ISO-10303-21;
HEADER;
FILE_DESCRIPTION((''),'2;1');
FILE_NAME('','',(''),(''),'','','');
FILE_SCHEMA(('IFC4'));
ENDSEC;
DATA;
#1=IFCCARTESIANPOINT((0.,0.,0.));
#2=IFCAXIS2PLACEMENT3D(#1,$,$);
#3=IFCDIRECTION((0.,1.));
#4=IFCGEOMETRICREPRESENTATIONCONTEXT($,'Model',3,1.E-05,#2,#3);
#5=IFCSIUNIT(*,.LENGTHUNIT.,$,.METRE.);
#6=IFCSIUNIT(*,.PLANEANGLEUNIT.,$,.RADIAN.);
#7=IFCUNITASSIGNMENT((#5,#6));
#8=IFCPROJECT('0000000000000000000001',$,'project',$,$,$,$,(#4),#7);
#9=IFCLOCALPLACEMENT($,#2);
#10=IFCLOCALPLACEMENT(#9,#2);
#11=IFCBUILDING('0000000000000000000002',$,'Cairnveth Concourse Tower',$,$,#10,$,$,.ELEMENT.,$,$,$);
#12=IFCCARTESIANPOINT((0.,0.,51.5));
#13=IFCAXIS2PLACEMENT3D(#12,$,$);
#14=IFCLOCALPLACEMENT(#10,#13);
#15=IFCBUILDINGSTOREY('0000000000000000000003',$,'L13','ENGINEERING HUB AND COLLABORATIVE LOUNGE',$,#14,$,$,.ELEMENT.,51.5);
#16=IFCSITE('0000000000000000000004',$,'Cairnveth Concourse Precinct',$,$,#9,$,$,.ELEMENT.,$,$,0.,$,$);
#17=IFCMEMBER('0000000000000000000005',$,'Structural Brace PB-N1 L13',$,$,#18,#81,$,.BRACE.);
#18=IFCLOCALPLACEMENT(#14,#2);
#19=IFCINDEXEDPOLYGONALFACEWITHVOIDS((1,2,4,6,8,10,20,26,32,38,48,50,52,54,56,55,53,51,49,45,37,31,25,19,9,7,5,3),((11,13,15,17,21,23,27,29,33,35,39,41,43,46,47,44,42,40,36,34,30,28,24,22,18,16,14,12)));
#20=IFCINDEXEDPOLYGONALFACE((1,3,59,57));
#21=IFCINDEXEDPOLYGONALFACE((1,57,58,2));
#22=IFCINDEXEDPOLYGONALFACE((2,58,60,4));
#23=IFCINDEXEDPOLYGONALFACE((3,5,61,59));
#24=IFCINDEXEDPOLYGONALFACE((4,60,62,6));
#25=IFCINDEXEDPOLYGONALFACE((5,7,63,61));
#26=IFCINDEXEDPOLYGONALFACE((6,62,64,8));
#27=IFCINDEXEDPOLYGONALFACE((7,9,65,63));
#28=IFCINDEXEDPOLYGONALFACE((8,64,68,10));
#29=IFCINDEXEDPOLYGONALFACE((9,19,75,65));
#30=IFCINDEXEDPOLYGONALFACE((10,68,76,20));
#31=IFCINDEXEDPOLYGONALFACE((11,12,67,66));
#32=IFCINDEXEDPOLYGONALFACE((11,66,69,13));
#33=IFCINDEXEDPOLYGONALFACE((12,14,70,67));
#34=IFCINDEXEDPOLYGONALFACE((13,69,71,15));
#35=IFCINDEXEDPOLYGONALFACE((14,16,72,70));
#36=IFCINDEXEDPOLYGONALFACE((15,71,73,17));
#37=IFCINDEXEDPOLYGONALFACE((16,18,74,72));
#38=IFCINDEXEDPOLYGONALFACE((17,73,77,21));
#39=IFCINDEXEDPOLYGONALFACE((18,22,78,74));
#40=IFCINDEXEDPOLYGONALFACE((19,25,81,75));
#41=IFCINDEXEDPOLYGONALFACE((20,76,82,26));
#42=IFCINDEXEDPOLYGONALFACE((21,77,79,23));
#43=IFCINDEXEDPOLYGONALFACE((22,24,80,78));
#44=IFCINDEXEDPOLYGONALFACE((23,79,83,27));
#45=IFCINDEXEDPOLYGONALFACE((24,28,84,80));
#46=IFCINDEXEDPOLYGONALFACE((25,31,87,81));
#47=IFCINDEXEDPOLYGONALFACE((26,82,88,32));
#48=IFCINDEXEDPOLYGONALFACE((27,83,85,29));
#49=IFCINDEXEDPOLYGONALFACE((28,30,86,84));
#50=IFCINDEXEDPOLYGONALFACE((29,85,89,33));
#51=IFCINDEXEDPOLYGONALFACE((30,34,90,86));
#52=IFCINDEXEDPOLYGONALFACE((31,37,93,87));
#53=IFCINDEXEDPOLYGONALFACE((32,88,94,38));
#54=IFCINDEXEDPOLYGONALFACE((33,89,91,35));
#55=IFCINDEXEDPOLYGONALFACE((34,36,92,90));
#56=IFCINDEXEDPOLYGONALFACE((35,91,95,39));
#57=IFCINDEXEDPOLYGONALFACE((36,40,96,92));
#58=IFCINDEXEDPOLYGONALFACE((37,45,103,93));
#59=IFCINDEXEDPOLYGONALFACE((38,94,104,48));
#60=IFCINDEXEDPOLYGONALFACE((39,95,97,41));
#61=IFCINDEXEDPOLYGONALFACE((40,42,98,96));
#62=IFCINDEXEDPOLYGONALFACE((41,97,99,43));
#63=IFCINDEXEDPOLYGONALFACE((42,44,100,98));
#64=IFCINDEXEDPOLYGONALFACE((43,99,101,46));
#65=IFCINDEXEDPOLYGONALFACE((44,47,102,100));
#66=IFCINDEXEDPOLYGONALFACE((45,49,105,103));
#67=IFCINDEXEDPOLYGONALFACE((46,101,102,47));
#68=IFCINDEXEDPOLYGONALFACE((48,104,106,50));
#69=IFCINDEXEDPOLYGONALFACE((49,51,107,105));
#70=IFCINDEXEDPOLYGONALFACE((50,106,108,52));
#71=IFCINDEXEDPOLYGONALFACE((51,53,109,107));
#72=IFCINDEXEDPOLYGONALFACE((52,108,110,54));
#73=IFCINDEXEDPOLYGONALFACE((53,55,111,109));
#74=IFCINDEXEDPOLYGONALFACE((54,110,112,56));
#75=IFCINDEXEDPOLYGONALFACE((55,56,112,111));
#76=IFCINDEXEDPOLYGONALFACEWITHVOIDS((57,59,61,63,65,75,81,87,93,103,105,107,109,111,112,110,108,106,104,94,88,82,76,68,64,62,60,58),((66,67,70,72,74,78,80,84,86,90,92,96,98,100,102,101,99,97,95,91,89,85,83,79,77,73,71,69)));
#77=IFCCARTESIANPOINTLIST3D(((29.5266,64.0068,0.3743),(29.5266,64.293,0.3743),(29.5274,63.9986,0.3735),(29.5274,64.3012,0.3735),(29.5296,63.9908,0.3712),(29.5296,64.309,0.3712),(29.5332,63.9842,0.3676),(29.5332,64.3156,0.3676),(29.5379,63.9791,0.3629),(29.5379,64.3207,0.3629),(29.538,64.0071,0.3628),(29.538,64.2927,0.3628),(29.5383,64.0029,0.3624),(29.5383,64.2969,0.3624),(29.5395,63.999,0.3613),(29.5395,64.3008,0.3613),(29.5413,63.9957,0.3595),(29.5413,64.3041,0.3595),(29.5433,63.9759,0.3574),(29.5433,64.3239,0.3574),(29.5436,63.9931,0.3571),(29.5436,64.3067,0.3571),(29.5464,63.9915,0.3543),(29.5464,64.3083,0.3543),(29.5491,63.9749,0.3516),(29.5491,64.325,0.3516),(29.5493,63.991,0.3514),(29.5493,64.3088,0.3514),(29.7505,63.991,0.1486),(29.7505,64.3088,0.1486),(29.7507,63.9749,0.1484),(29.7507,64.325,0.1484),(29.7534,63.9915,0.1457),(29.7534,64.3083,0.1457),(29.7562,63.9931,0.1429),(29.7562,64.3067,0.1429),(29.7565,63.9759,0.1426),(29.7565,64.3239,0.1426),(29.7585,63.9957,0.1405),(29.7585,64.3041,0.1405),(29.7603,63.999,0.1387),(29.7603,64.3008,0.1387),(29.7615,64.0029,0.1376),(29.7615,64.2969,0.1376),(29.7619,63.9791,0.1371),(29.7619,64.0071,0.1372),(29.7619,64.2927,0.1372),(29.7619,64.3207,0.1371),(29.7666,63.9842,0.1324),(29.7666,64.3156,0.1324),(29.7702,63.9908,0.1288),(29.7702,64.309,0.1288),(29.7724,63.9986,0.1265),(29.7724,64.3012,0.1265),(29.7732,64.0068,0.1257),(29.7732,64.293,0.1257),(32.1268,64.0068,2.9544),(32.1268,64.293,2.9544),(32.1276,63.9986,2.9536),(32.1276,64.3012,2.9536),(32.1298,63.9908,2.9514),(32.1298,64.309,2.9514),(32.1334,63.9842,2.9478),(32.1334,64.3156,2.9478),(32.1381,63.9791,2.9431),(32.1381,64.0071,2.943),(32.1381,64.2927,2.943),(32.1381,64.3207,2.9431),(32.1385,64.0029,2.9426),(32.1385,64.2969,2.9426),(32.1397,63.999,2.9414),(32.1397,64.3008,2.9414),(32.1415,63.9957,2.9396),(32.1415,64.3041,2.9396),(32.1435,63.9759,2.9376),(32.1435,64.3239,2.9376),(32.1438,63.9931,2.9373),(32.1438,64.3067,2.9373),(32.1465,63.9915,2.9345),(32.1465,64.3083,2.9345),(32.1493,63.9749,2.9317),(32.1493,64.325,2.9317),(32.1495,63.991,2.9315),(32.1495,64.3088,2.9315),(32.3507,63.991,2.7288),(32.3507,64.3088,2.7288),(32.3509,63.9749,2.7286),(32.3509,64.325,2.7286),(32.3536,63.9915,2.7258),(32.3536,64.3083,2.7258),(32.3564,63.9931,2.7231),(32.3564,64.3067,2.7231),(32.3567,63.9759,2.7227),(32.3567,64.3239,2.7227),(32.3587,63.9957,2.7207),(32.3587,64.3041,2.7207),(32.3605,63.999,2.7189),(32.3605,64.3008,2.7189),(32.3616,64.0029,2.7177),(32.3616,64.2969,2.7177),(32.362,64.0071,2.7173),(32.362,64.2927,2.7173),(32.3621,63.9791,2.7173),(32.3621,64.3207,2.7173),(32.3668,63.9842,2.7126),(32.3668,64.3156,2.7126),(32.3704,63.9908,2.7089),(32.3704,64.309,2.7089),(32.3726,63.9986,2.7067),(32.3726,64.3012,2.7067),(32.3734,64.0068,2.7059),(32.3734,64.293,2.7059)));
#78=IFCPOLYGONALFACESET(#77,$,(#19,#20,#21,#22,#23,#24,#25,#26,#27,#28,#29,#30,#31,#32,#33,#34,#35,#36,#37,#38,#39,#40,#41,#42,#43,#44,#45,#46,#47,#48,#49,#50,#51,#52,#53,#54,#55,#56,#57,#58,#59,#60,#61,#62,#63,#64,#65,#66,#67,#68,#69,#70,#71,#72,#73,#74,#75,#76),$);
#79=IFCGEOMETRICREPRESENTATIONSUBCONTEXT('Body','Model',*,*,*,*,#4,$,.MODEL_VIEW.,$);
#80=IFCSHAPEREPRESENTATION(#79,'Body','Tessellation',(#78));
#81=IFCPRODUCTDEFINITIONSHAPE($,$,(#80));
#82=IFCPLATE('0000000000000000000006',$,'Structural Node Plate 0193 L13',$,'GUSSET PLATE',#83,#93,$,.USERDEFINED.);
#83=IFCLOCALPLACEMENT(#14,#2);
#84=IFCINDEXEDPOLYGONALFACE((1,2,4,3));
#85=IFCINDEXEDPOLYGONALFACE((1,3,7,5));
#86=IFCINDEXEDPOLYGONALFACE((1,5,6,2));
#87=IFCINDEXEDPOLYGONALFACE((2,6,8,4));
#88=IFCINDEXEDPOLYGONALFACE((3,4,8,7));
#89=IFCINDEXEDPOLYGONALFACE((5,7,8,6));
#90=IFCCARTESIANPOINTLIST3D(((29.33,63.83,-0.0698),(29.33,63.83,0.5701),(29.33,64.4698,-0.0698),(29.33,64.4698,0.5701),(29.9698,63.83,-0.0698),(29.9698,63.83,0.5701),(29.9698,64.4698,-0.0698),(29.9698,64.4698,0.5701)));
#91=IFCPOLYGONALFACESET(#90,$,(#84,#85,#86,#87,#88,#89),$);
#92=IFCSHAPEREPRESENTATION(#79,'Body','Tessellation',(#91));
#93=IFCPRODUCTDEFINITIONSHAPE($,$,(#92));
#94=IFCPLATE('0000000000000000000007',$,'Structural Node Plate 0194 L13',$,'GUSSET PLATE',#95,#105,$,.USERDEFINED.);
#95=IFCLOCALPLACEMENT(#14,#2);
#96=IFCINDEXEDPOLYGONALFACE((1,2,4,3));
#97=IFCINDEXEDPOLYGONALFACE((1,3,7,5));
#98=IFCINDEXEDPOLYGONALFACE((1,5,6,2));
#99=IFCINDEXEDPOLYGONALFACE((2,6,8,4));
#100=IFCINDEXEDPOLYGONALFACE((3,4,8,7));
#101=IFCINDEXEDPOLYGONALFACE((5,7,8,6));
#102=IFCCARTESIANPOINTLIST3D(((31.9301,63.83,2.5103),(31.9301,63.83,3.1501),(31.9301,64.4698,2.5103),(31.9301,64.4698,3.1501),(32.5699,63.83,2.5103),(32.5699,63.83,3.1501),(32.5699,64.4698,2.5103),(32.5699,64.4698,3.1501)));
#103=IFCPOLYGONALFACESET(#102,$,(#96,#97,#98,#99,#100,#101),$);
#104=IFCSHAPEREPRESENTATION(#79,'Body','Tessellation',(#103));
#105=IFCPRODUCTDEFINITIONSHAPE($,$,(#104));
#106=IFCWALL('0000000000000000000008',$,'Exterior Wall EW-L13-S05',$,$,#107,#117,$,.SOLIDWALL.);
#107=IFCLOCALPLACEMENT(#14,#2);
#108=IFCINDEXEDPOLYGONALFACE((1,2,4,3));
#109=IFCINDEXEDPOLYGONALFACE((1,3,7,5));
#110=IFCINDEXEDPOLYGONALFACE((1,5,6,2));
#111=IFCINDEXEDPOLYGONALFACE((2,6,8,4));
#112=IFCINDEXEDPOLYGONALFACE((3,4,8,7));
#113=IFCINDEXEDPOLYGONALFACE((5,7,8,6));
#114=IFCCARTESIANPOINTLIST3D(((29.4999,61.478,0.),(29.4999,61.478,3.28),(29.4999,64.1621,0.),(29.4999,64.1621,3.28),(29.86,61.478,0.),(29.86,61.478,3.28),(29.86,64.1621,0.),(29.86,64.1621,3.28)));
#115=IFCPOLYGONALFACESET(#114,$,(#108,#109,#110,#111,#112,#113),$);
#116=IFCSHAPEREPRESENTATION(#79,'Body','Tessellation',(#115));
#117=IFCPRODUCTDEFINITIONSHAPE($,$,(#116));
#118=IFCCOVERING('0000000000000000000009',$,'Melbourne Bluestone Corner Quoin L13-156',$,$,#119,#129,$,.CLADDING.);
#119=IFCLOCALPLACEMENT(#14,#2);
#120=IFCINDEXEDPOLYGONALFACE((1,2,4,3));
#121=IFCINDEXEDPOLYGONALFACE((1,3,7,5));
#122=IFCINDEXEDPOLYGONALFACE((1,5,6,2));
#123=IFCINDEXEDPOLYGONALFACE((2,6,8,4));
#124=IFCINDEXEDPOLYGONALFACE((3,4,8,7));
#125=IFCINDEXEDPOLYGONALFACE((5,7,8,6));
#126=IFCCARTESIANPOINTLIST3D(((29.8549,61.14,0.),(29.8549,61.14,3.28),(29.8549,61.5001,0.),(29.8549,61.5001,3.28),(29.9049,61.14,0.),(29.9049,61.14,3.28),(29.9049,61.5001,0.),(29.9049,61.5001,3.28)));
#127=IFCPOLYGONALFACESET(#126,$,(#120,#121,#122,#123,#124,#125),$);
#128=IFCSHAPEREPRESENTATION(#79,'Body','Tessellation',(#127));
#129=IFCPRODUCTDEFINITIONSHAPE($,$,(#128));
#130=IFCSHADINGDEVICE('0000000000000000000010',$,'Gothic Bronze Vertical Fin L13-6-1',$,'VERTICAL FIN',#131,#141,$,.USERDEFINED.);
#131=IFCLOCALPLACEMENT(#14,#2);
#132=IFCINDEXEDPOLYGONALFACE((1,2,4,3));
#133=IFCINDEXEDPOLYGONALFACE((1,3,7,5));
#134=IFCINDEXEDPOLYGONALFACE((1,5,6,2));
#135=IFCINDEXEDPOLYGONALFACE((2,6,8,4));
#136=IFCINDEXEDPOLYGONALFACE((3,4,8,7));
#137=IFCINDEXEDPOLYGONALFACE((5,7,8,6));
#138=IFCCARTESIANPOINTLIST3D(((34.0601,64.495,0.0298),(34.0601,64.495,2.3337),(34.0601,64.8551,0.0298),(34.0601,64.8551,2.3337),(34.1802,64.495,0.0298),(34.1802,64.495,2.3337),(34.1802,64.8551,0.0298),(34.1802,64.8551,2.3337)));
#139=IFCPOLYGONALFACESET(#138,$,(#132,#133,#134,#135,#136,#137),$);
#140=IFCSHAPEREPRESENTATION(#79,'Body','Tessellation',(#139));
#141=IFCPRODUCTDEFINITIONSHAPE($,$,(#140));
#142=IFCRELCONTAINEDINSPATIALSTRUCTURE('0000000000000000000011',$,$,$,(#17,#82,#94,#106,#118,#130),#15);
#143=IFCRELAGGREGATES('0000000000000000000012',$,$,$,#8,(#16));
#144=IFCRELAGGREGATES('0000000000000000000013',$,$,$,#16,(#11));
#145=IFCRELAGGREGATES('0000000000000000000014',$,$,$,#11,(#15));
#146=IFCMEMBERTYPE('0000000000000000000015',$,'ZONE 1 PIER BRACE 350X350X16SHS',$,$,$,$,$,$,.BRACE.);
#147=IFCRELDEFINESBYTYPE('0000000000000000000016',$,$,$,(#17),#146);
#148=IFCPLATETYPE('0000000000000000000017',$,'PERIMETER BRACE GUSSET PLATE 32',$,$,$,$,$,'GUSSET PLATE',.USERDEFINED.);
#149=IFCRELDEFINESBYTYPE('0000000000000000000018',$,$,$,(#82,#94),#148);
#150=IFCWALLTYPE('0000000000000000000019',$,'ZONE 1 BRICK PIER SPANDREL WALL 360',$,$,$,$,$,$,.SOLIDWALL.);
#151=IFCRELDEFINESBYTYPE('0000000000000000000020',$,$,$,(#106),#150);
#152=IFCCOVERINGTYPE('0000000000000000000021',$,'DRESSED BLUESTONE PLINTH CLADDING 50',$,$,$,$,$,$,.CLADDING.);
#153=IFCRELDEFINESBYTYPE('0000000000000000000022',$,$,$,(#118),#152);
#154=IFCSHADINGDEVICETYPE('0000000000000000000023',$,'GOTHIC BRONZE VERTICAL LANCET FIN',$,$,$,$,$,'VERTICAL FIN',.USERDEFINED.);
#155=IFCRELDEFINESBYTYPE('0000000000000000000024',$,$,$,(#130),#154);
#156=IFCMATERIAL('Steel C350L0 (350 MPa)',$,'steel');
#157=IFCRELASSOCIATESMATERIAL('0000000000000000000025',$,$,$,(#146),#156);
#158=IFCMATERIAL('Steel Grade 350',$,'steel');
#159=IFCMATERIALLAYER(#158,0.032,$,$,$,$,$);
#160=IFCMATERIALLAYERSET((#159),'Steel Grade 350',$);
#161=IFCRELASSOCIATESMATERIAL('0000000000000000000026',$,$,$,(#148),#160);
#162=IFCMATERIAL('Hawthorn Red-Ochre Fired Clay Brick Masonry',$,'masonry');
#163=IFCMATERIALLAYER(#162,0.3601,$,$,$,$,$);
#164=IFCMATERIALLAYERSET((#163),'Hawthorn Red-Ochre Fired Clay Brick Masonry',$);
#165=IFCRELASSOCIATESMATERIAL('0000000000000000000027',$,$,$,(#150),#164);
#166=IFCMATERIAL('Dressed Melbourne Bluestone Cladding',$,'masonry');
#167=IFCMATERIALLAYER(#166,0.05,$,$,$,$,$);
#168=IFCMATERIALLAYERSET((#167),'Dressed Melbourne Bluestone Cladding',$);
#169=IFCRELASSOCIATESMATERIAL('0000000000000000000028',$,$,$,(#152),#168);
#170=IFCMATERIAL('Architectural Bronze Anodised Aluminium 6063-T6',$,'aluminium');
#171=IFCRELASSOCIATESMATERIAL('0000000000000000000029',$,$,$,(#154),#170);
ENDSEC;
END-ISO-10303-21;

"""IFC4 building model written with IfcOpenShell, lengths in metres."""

from ifc_helpers import new_model, si_unit, direction, frame, frame_2d, origin, origin_2d, place, context, subcontext, project, spatial, rectangle, hollow_rectangle, extrude, material, layer, layer_set, material_profile, profile_set, type_object, element, save


model = new_model("IFC4")

# Units and contexts
model_context = context("Model", 3, precision=1e-05, world=origin(), true_north=direction((0.0, 1.0)))
body_context = subcontext(model_context, "Body", "Model", "MODEL_VIEW")
ifc_project = project(units=[si_unit("LENGTHUNIT", "METRE"), si_unit("PLANEANGLEUNIT", "RADIAN")], contexts=[model_context])

# Site, building, storey
site_placement = place(None, origin())
site = spatial("IfcSite", under=ifc_project, at=site_placement, Name="Cairnveth Concourse Precinct", CompositionType="ELEMENT", RefElevation=0.0)
building_placement = place(site_placement, origin())
building = spatial("IfcBuilding", under=site, at=building_placement, Name="Cairnveth Concourse Tower", CompositionType="ELEMENT")
storey_placement = place(building_placement, frame((0.0, 0.0, 51.5)))
storey = spatial("IfcBuildingStorey", under=building, at=storey_placement, Name="L13", Description="ENGINEERING HUB AND COLLABORATIVE LOUNGE", CompositionType="ELEMENT", Elevation=51.5)

# Member
ifc_material_1 = material(Name="Steel C350L0 (350 MPa)", Category="steel")
ifc_material_profile = material_profile(ifc_material_1, hollow_rectangle(XDim=0.3501, YDim=0.3501, WallThickness=0.0161, InnerFilletRadius=0.0161, OuterFilletRadius=0.032, at=origin_2d()), Name="350x350x16.0SHS")
ifc_profile_set = profile_set([ifc_material_profile], Name="Steel C350L0 (350 MPa)")
member_type = type_object("IfcMemberType", Name="ZONE 1 PIER BRACE 350X350X16SHS", PredefinedType="BRACE", material=ifc_profile_set)
member_placement = place(storey_placement, frame((29.6499, 64.1499, 0.25), z_axis=(0.709834, 0.0, 0.704369), x_axis=(0.0, 1.0, 0.0)))
element("IfcMember", 1, at=member_placement, inside=storey, type_object=member_type, Name="Structural Brace PB-N1 L13", PredefinedType="BRACE", context=body_context, shape_type="SweptSolid", body=[
    extrude(hollow_rectangle(XDim=0.3501, YDim=0.3501, WallThickness=0.0161, InnerFilletRadius=0.0161, OuterFilletRadius=0.032, at=origin_2d()), origin(), (0.0, 0.0, 1.0), 3.6631),
])

# Plates
ifc_material_2 = material(Name="Steel Grade 350", Category="steel")
ifc_layer_1 = layer(ifc_material_2, 0.032)
ifc_layer_set_1 = layer_set([ifc_layer_1], Name="Steel Grade 350")
plate_type = type_object("IfcPlateType", Name="PERIMETER BRACE GUSSET PLATE 32", ElementType="GUSSET PLATE", PredefinedType="USERDEFINED", material=ifc_layer_set_1)
for number, where, z_axis, x_axis, name in (
    (2, (29.6499, 64.1499, -0.0698), (0.0, 0.0, 1.0), (1.0, 0.0, 0.0), "Structural Node Plate 0193 L13"),
    (3, (32.25, 64.1499, 2.5103), (0.0, 0.0, 1.0), (1.0, 0.0, 0.0), "Structural Node Plate 0194 L13"),
):
    element("IfcPlate", number, at=place(storey_placement, frame(where, z_axis=z_axis, x_axis=x_axis)), inside=storey, type_object=plate_type, Name=name, ObjectType="GUSSET PLATE", PredefinedType="USERDEFINED", context=body_context, shape_type="SweptSolid", body=[
        extrude(rectangle(XDim=0.6399, YDim=0.6399, at=origin_2d()), origin(), (0.0, 0.0, 1.0), 0.6399),
    ])

# Wall
ifc_material_3 = material(Name="Hawthorn Red-Ochre Fired Clay Brick Masonry", Category="masonry")
ifc_layer_2 = layer(ifc_material_3, 0.3601)
ifc_layer_set_2 = layer_set([ifc_layer_2], Name="Hawthorn Red-Ochre Fired Clay Brick Masonry")
wall_type = type_object("IfcWallType", Name="ZONE 1 BRICK PIER SPANDREL WALL 360", PredefinedType="SOLIDWALL", material=ifc_layer_set_2)
wall_1_placement = place(storey_placement, frame((29.6799, 61.478, 0.0), z_axis=(0.0, 0.0, 1.0), x_axis=(0.0, 1.0, 0.0)))
element("IfcWall", 4, at=wall_1_placement, inside=storey, type_object=wall_type, Name="Exterior Wall EW-L13-S05", PredefinedType="SOLIDWALL", context=body_context, shape_type="SweptSolid", body=[
    extrude(rectangle(XDim=2.6841, YDim=0.3601, at=frame_2d((1.342, 0.0))), origin(), (0.0, 0.0, 1.0), 3.28),
])

# Covering
ifc_material_4 = material(Name="Dressed Melbourne Bluestone Cladding", Category="masonry")
ifc_layer_3 = layer(ifc_material_4, 0.05)
ifc_layer_set_3 = layer_set([ifc_layer_3], Name="Dressed Melbourne Bluestone Cladding")
covering_type = type_object("IfcCoveringType", Name="DRESSED BLUESTONE PLINTH CLADDING 50", PredefinedType="CLADDING", material=ifc_layer_set_3)
covering_placement = place(storey_placement, frame((29.8799, 61.1399, 0.0), z_axis=(0.0, 0.0, 1.0), x_axis=(0.0, 1.0, 0.0)))
element("IfcCovering", 5, at=covering_placement, inside=storey, type_object=covering_type, Name="Melbourne Bluestone Corner Quoin L13-156", PredefinedType="CLADDING", context=body_context, shape_type="SweptSolid", body=[
    extrude(rectangle(XDim=0.3601, YDim=0.05, at=frame_2d((0.1802, 0.0))), origin(), (0.0, 0.0, 1.0), 3.28),
])

# Shading device
ifc_material_5 = material(Name="Architectural Bronze Anodised Aluminium 6063-T6", Category="aluminium")
shading_device_type = type_object("IfcShadingDeviceType", Name="GOTHIC BRONZE VERTICAL LANCET FIN", ElementType="VERTICAL FIN", PredefinedType="USERDEFINED", material=ifc_material_5)
shading_device_placement = place(storey_placement, frame((34.1201, 64.675, 0.0298), z_axis=(0.0, 0.0, 1.0), x_axis=(1.0, 0.0, 0.0)))
element("IfcShadingDevice", 6, at=shading_device_placement, inside=storey, type_object=shading_device_type, Name="Gothic Bronze Vertical Fin L13-6-1", ObjectType="VERTICAL FIN", PredefinedType="USERDEFINED", context=body_context, shape_type="SweptSolid", body=[
    extrude(rectangle(XDim=0.1201, YDim=0.3601, at=origin_2d()), origin(), (0.0, 0.0, 1.0), 2.304),
])

save(model, "model.ifc")
